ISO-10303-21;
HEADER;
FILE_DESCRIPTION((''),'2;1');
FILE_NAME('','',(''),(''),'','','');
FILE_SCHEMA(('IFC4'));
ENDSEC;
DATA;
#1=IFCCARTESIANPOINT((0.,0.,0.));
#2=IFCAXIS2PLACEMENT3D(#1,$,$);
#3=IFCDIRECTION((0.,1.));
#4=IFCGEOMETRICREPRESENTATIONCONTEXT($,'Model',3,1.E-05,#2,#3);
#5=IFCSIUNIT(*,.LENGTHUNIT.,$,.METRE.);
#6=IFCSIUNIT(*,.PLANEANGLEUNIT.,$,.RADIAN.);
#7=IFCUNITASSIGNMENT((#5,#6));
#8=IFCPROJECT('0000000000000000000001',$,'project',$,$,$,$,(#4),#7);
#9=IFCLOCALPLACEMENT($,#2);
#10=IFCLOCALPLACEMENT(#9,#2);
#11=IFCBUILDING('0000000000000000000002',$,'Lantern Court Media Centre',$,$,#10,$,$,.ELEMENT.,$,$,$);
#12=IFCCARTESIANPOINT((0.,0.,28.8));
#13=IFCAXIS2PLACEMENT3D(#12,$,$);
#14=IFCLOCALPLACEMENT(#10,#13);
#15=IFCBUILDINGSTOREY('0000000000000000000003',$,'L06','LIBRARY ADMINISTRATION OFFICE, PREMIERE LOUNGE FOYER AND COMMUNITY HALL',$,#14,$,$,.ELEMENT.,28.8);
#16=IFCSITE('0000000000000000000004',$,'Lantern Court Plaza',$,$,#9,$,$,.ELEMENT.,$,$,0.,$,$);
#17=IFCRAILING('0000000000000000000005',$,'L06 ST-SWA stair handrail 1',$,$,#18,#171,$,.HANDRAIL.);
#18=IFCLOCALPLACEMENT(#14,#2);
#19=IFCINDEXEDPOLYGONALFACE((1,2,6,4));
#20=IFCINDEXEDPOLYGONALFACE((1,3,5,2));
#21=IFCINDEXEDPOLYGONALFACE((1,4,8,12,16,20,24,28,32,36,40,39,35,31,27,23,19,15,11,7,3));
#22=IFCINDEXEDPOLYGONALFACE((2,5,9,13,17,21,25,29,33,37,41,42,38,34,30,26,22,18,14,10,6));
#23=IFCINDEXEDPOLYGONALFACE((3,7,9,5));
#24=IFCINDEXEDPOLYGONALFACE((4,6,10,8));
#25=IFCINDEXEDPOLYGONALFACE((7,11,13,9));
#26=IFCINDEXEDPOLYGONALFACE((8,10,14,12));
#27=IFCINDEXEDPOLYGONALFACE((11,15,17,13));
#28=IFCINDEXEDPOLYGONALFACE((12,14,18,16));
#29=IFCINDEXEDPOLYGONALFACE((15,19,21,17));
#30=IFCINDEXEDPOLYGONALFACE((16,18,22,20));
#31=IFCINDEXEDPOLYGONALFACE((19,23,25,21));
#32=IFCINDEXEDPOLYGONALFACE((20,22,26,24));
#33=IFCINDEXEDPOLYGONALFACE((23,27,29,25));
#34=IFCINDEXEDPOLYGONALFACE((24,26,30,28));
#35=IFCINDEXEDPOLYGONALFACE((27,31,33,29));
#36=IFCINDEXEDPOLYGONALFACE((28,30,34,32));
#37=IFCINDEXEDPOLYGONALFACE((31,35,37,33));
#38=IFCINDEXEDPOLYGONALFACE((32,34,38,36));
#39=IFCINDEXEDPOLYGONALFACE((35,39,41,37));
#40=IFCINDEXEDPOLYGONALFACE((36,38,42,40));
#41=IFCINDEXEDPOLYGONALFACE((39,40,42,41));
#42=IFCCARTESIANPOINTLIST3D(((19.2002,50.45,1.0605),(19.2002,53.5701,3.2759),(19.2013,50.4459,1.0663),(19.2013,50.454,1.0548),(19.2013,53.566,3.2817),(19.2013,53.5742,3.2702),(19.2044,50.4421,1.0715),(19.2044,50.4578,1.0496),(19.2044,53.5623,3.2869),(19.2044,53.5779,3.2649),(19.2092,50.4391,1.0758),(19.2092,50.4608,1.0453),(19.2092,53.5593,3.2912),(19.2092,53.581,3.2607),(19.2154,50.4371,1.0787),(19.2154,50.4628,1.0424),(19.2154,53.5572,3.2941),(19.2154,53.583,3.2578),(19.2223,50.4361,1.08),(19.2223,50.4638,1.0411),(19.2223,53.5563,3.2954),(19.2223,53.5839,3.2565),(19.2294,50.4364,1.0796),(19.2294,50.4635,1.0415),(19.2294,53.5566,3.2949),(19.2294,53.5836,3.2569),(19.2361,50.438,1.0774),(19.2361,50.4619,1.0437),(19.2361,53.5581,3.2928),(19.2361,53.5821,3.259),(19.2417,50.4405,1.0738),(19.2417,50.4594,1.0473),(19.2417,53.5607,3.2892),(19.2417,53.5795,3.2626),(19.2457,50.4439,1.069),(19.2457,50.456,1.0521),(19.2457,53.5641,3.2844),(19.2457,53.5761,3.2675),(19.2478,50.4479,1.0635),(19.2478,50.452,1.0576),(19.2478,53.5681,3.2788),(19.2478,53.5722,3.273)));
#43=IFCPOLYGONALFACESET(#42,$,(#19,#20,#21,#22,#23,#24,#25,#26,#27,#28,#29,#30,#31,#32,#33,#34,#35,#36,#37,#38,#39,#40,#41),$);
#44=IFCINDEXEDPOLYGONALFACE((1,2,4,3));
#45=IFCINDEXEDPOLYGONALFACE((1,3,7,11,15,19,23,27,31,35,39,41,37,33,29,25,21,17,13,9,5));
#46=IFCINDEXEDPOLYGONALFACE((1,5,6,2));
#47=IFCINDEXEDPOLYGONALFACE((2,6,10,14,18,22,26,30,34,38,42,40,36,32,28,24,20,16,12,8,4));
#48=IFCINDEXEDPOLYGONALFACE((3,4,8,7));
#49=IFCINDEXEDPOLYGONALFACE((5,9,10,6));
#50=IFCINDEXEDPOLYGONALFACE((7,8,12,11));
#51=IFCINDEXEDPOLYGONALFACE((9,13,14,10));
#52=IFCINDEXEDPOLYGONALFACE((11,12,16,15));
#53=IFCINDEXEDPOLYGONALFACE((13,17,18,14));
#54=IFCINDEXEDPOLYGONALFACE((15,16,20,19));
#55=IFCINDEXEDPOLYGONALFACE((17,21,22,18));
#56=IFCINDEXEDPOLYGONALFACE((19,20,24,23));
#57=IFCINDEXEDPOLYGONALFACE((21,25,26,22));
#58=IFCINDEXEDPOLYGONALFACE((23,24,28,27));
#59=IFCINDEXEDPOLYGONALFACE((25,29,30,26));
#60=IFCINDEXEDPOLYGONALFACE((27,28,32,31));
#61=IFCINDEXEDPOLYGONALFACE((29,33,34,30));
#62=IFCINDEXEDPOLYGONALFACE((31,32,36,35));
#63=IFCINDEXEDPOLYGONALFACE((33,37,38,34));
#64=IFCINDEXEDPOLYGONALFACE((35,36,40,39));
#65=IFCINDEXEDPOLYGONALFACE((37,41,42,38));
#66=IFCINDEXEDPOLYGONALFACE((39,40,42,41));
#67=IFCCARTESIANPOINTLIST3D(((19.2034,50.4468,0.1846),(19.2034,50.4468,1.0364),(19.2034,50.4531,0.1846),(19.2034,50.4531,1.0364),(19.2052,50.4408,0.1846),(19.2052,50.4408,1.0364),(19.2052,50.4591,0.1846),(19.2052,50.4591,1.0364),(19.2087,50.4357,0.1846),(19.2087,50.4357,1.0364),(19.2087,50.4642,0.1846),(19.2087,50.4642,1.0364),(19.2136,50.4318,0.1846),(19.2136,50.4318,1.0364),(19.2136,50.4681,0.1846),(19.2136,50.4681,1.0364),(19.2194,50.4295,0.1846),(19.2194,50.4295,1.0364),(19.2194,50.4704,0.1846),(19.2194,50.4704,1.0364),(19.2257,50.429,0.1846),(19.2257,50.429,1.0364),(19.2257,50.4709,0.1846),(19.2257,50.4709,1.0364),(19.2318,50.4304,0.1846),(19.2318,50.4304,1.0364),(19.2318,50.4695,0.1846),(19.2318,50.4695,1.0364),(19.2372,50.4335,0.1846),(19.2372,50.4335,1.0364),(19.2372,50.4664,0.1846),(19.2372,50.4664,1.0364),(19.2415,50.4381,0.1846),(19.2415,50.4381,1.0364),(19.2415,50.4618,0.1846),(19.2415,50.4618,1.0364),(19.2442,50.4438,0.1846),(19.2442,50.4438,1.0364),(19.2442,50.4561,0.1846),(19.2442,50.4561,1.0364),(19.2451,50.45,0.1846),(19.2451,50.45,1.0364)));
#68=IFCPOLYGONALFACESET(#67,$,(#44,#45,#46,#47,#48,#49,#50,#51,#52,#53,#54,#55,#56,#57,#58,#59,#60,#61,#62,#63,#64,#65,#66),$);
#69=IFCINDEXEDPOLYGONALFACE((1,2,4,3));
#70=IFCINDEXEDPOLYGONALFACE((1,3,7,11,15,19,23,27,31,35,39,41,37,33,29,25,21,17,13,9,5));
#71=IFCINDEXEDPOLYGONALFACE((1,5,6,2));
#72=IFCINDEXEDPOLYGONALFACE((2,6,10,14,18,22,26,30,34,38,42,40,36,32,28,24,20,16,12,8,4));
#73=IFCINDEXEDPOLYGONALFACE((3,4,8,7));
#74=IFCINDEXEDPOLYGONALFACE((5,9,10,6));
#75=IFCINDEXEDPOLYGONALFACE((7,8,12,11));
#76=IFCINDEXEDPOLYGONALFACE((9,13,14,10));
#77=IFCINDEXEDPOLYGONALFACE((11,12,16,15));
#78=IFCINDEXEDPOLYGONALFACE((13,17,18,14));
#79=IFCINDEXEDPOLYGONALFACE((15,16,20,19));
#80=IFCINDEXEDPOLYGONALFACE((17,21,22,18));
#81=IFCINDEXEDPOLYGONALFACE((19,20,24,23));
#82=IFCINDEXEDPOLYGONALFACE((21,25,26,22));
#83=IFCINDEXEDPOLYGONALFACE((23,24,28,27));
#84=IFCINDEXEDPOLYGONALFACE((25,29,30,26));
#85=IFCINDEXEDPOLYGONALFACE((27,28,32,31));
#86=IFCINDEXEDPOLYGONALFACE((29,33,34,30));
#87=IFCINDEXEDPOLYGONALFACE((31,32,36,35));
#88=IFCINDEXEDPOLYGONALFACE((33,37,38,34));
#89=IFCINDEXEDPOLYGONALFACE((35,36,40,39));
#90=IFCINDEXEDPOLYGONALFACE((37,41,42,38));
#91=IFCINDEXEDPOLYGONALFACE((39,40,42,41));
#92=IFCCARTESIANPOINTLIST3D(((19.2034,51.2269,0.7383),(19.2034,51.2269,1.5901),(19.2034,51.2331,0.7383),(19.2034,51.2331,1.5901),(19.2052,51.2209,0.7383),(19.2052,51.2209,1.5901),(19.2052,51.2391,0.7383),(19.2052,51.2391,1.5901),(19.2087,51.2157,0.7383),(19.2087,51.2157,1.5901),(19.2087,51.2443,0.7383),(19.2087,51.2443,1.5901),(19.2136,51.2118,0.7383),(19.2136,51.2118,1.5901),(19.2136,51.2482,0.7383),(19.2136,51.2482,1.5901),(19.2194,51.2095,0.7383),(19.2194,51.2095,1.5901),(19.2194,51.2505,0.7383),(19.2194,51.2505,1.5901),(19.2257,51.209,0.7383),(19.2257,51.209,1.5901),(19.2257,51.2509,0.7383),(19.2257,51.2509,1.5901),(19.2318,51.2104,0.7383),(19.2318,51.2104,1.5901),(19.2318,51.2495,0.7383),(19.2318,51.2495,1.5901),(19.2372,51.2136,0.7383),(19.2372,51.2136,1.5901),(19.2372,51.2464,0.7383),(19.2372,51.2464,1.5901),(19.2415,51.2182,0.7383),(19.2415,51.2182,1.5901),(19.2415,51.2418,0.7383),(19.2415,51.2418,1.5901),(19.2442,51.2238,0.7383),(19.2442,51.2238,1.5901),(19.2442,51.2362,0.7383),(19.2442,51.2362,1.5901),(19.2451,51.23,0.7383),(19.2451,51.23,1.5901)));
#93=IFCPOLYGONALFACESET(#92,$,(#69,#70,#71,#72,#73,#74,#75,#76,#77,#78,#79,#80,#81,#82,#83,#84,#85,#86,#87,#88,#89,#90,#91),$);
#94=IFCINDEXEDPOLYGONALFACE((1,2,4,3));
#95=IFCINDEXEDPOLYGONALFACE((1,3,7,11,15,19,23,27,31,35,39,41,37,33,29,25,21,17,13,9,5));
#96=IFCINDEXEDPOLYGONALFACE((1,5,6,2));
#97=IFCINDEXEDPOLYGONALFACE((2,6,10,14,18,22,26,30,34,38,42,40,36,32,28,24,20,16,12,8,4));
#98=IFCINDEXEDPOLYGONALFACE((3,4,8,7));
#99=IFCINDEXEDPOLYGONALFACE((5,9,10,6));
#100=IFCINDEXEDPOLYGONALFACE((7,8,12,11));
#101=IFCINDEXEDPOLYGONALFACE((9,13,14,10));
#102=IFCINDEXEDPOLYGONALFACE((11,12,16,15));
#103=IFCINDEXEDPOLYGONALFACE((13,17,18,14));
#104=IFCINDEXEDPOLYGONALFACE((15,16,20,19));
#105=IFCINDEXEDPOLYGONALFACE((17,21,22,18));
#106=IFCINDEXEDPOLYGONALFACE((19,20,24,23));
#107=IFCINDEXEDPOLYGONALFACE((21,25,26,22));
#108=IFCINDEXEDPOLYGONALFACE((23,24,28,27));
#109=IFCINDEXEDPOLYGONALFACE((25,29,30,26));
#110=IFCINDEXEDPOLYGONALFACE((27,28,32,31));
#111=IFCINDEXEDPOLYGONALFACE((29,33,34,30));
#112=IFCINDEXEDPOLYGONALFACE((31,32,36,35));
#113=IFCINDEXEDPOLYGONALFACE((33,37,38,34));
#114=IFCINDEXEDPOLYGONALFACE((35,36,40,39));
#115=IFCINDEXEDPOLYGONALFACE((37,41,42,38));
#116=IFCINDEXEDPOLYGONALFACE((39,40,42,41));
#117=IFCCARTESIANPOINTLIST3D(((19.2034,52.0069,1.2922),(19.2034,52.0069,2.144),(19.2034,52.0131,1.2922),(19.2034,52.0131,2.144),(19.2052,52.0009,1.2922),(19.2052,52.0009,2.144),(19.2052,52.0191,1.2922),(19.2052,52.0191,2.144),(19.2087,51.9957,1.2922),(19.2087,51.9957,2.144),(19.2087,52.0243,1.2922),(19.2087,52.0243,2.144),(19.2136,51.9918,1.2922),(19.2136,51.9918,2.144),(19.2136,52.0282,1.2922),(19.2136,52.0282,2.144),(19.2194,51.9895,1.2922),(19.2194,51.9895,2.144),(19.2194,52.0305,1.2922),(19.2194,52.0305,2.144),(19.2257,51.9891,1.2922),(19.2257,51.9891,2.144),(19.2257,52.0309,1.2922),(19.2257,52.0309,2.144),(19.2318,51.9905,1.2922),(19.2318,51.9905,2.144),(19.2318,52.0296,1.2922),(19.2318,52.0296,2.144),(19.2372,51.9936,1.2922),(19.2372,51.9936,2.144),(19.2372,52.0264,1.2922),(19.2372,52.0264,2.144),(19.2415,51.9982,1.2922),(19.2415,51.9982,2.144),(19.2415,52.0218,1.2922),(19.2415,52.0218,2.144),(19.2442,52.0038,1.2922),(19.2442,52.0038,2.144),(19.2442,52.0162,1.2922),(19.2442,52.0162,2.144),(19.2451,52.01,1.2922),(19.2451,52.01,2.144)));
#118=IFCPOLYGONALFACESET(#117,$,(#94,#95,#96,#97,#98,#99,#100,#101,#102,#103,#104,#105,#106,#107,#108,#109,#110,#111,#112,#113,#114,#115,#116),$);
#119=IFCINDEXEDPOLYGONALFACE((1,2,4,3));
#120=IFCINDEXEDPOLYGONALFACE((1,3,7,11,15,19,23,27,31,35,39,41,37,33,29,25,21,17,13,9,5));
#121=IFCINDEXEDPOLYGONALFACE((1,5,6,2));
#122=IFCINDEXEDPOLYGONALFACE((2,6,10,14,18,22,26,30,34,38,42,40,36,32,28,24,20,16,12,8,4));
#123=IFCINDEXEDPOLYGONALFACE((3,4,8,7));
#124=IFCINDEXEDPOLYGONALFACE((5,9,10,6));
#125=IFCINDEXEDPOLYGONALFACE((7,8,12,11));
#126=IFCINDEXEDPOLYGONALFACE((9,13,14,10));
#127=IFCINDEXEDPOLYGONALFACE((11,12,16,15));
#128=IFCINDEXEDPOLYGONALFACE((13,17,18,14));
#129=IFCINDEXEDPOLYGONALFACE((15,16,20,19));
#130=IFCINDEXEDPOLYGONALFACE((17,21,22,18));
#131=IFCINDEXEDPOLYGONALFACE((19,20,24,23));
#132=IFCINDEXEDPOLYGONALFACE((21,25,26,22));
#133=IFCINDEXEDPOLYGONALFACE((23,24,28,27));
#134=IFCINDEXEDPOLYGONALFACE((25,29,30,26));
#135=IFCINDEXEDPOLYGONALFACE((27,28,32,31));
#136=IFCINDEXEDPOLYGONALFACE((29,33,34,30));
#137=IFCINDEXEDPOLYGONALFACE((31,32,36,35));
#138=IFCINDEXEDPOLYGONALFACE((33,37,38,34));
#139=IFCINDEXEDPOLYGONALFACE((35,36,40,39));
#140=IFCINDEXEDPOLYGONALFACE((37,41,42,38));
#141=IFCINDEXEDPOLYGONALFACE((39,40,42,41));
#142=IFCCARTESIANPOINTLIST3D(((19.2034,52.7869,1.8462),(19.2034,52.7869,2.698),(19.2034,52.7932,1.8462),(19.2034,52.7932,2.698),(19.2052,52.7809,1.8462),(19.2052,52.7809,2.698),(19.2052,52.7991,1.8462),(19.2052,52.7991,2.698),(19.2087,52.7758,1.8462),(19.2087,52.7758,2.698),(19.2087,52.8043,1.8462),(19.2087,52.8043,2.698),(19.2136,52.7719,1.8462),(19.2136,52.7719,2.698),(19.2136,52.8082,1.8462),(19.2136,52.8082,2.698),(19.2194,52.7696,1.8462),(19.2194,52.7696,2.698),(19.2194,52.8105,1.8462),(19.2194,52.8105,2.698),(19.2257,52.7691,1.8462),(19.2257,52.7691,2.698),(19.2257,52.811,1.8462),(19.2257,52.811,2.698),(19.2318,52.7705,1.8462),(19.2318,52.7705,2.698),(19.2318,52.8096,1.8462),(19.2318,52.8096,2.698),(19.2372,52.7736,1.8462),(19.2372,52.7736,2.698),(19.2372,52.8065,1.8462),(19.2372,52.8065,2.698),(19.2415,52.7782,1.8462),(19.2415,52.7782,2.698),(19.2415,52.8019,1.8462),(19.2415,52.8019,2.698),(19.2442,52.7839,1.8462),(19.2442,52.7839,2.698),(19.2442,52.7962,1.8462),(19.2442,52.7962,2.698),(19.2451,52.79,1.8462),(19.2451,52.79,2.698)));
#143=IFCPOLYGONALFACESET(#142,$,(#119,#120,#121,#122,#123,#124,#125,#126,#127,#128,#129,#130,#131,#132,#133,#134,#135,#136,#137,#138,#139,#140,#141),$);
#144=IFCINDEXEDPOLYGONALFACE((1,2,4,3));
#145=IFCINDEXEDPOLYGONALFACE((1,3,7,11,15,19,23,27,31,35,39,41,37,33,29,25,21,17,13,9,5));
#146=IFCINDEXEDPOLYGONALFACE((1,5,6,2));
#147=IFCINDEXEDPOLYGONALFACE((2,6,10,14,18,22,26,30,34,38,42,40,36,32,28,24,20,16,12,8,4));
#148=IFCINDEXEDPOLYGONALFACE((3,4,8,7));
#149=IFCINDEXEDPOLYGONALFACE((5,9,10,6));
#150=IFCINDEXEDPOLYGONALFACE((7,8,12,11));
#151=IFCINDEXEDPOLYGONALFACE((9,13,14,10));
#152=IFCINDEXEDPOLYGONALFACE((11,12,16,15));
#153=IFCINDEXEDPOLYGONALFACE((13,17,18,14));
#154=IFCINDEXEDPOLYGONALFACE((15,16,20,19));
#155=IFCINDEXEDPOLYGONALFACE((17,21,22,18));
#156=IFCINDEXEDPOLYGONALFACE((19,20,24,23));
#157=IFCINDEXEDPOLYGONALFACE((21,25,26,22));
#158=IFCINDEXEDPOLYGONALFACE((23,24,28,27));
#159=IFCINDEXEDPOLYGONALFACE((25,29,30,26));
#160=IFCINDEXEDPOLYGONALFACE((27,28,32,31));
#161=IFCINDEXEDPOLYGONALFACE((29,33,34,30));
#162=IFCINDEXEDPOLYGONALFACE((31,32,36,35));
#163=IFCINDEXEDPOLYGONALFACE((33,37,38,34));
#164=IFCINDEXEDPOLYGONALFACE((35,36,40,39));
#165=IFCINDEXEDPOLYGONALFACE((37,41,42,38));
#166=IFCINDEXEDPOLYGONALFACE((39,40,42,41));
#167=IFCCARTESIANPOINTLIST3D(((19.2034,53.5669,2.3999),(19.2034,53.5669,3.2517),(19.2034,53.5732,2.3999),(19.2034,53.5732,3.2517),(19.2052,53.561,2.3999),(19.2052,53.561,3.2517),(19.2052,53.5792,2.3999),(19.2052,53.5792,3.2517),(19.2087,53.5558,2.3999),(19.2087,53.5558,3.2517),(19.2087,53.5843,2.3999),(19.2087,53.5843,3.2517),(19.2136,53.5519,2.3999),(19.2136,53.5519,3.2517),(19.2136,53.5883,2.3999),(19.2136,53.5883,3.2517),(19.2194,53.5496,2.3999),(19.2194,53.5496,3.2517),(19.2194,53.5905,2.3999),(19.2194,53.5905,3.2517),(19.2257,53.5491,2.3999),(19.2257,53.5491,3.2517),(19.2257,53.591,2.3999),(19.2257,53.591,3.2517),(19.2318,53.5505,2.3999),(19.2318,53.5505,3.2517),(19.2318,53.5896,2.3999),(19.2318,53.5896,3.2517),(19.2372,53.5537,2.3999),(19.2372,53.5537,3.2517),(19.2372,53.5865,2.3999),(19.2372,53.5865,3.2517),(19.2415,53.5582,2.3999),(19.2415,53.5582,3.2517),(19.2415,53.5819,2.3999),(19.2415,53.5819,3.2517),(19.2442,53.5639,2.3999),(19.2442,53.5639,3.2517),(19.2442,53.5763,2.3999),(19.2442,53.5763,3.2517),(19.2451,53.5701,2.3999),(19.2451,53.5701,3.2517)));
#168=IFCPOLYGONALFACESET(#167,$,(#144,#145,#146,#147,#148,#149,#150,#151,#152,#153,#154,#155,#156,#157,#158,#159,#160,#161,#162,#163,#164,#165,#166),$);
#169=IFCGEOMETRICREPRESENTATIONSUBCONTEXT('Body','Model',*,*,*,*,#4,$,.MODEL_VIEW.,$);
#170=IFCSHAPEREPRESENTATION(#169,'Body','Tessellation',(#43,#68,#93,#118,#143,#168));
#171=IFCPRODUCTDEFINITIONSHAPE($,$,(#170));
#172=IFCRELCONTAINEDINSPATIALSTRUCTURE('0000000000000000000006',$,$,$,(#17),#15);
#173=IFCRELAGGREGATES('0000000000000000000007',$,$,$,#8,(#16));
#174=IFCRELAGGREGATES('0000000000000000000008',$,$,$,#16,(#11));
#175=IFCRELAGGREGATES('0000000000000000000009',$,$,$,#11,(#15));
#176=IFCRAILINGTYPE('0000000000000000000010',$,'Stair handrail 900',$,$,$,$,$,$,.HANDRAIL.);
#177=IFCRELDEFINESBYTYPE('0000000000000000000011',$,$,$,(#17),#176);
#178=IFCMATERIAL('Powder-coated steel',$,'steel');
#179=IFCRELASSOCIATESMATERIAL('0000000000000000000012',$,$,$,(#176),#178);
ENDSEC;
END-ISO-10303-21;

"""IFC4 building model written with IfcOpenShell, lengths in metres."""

from ifc_helpers import new_model, si_unit, direction, frame, origin, origin_2d, place, context, subcontext, project, spatial, circle, extrude, material, type_object, element, save


model = new_model("IFC4")

# Units and contexts
model_context = context("Model", 3, precision=1e-05, world=origin(), true_north=direction((0.0, 1.0)))
body_context = subcontext(model_context, "Body", "Model", "MODEL_VIEW")
ifc_project = project(units=[si_unit("LENGTHUNIT", "METRE"), si_unit("PLANEANGLEUNIT", "RADIAN")], contexts=[model_context])

# Site, building, storey
site_placement = place(None, origin())
site = spatial("IfcSite", under=ifc_project, at=site_placement, Name="Lantern Court Plaza", CompositionType="ELEMENT", RefElevation=0.0)
building_placement = place(site_placement, origin())
building = spatial("IfcBuilding", under=site, at=building_placement, Name="Lantern Court Media Centre", CompositionType="ELEMENT")
storey_placement = place(building_placement, frame((0.0, 0.0, 28.8)))
storey = spatial("IfcBuildingStorey", under=building, at=storey_placement, Name="L06", Description="LIBRARY ADMINISTRATION OFFICE, PREMIERE LOUNGE FOYER AND COMMUNITY HALL", CompositionType="ELEMENT", Elevation=28.8)

# Shared definitions
ifc_material_1 = material(Name="Powder-coated steel", Category="steel")

# Railing
railing_type_1 = type_object("IfcRailingType", Name="Stair handrail 900", PredefinedType="HANDRAIL", material=ifc_material_1)
railing_1_placement = place(storey_placement, frame((19.2241, 50.45, 0.1846)))
element("IfcRailing", 1, at=railing_1_placement, inside=storey, type_object=railing_type_1, Name="L06 ST-SWA stair handrail 1", PredefinedType="HANDRAIL", context=body_context, shape_type="SweptSolid", body=[
    extrude(circle(Radius=0.0239, at=origin_2d()), frame((0.0, 0.0, 0.876), z_axis=(0.0, 0.815377, 0.57893), x_axis=(-1.0, 0.0, 0.0)), (0.0, 0.0, 1.0), 3.8267),
    extrude(circle(Radius=0.021, at=origin_2d()), origin(), (0.0, 0.0, 1.0), 0.8518),
    extrude(circle(Radius=0.021, at=origin_2d()), frame((0.0, 0.78, 0.5537)), (0.0, 0.0, 1.0), 0.8518),
    extrude(circle(Radius=0.021, at=origin_2d()), frame((0.0, 1.5601, 1.1077)), (0.0, 0.0, 1.0), 0.8518),
    extrude(circle(Radius=0.021, at=origin_2d()), frame((0.0, 2.3401, 1.6616)), (0.0, 0.0, 1.0), 0.8518),
    extrude(circle(Radius=0.021, at=origin_2d()), frame((0.0, 3.1201, 2.2153)), (0.0, 0.0, 1.0), 0.8518),
])

save(model, "model.ifc")
